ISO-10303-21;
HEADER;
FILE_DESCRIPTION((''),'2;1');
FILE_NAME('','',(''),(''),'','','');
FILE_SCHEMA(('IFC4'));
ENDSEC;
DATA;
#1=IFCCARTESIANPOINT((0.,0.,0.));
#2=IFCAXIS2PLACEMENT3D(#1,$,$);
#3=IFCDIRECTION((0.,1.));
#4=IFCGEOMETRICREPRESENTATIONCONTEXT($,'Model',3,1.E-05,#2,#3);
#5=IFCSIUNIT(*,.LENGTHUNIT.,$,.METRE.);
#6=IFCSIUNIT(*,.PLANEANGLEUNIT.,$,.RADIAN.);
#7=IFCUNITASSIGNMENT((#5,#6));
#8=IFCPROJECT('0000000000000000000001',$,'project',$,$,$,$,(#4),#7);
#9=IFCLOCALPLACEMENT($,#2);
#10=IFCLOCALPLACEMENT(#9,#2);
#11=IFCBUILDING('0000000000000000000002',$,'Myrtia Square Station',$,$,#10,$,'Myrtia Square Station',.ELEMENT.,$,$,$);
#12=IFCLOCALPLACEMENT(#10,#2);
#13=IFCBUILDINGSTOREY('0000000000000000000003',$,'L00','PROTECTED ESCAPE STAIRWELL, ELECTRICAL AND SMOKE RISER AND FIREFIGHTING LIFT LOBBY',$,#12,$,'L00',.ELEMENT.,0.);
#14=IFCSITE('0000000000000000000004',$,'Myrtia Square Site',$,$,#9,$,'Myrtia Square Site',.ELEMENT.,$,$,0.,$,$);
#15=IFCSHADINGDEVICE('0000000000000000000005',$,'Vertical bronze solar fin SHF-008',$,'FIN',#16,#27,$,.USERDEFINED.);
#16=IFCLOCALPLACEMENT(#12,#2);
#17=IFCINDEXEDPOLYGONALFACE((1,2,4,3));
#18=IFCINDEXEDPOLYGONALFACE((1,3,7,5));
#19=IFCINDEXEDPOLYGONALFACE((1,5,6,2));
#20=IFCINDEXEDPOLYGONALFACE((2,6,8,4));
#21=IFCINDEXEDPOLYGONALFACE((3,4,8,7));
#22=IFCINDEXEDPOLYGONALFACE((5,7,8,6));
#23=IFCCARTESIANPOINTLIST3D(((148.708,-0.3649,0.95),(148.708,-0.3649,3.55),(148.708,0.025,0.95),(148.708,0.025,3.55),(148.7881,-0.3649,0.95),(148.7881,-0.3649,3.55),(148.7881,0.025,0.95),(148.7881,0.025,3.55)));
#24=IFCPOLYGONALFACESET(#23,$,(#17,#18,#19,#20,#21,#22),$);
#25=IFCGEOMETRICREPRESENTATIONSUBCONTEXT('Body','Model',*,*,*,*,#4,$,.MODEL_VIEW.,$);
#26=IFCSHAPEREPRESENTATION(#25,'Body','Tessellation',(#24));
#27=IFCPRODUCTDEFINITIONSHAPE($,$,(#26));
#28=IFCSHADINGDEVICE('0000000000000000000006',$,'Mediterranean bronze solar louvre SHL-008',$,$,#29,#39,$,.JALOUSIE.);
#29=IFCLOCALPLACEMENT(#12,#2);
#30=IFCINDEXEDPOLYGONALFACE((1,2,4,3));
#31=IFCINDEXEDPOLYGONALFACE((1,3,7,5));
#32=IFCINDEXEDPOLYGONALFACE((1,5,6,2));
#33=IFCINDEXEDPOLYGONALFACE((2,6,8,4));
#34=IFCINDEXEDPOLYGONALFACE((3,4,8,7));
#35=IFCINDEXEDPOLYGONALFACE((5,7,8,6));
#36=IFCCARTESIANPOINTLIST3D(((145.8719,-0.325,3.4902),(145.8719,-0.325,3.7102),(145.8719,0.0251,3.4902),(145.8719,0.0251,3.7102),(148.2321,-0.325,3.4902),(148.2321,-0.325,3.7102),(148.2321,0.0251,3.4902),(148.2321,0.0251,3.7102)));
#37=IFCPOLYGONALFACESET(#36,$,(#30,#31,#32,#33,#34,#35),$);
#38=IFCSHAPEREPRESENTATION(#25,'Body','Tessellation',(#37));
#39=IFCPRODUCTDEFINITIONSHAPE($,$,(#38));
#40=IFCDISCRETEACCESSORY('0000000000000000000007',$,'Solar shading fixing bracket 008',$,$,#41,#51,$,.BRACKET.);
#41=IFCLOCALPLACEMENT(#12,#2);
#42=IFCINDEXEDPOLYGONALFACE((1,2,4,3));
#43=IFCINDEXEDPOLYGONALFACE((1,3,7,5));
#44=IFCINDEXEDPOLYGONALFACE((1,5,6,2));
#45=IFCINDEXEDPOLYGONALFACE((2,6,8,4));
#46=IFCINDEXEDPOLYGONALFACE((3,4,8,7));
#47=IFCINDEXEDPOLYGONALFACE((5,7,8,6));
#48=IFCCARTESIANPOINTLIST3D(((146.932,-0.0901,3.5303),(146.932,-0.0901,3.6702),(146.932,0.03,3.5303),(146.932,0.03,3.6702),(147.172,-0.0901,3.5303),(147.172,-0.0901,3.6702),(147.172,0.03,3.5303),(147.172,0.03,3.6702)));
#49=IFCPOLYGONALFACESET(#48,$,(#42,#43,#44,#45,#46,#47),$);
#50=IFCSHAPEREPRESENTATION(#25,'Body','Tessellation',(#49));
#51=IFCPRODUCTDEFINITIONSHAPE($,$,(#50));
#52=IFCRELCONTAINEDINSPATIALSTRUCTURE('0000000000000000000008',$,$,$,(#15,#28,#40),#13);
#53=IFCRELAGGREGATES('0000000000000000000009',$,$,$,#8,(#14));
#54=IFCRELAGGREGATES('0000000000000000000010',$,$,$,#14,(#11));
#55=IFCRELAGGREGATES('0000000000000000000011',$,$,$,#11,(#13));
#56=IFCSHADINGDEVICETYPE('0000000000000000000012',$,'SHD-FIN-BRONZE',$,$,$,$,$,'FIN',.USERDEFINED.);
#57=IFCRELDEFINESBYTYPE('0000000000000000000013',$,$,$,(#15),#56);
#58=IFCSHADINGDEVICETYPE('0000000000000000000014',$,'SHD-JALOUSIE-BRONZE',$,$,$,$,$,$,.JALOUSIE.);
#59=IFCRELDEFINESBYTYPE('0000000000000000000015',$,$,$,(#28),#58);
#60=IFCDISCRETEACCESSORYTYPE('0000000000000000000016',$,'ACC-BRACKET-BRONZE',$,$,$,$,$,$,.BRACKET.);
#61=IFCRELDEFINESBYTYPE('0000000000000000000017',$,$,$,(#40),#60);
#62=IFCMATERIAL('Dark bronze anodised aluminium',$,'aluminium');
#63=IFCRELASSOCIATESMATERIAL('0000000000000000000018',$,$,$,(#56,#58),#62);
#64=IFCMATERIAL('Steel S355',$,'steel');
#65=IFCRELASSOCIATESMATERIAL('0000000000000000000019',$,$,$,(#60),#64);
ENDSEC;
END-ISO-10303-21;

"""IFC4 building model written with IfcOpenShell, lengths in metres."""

from ifc_helpers import new_model, si_unit, direction, frame, origin, origin_2d, place, context, subcontext, project, spatial, rectangle, extrude, material, type_object, element, save


model = new_model("IFC4")

# Units and contexts
model_context = context("Model", 3, precision=1e-05, world=origin(), true_north=direction((0.0, 1.0)))
body_context = subcontext(model_context, "Body", "Model", "MODEL_VIEW")
ifc_project = project(units=[si_unit("LENGTHUNIT", "METRE"), si_unit("PLANEANGLEUNIT", "RADIAN")], contexts=[model_context])

# Site, building, storey
site_placement = place(None, origin())
site = spatial("IfcSite", under=ifc_project, at=site_placement, Name="Myrtia Square Site", LongName="Myrtia Square Site", CompositionType="ELEMENT", RefElevation=0.0)
building_placement = place(site_placement, origin())
building = spatial("IfcBuilding", under=site, at=building_placement, Name="Myrtia Square Station", LongName="Myrtia Square Station", CompositionType="ELEMENT")
storey_placement = place(building_placement, origin())
storey = spatial("IfcBuildingStorey", under=building, at=storey_placement, Name="L00", Description="PROTECTED ESCAPE STAIRWELL, ELECTRICAL AND SMOKE RISER AND FIREFIGHTING LIFT LOBBY", LongName="L00", CompositionType="ELEMENT", Elevation=0.0)

# Shared definitions
ifc_material_1 = material(Name="Steel S355", Category="steel")

# Shading devices
ifc_material_2 = material(Name="Dark bronze anodised aluminium", Category="aluminium")
shading_device_type_1 = type_object("IfcShadingDeviceType", Name="SHD-FIN-BRONZE", ElementType="FIN", PredefinedType="USERDEFINED", material=ifc_material_2)
shading_device_1_placement = place(storey_placement, frame((148.748, -0.1699, 0.95), z_axis=(0.0, 0.0, 1.0), x_axis=(1.0, 0.0, 0.0)))
element("IfcShadingDevice", 1, at=shading_device_1_placement, inside=storey, type_object=shading_device_type_1, Name="Vertical bronze solar fin SHF-008", ObjectType="FIN", PredefinedType="USERDEFINED", context=body_context, shape_type="SweptSolid", body=[
    extrude(rectangle(XDim=0.0801, YDim=0.3899, at=origin_2d()), origin(), (0.0, 0.0, 1.0), 2.6001),
])
shading_device_type_2 = type_object("IfcShadingDeviceType", Name="SHD-JALOUSIE-BRONZE", PredefinedType="JALOUSIE", material=ifc_material_2)
shading_device_2_placement = place(storey_placement, frame((147.052, -0.1499, 3.4902), z_axis=(0.0, 0.0, 1.0), x_axis=(1.0, 0.0, 0.0)))
element("IfcShadingDevice", 2, at=shading_device_2_placement, inside=storey, type_object=shading_device_type_2, Name="Mediterranean bronze solar louvre SHL-008", PredefinedType="JALOUSIE", context=body_context, shape_type="SweptSolid", body=[
    extrude(rectangle(XDim=2.3601, YDim=0.3501, at=origin_2d()), origin(), (0.0, 0.0, 1.0), 0.22),
])

# Discrete accessory
discrete_accessory_type = type_object("IfcDiscreteAccessoryType", Name="ACC-BRACKET-BRONZE", PredefinedType="BRACKET", material=ifc_material_1)
discrete_accessory_placement = place(storey_placement, frame((147.052, -0.03, 3.5303), z_axis=(0.0, 0.0, 1.0), x_axis=(1.0, 0.0, 0.0)))
element("IfcDiscreteAccessory", 3, at=discrete_accessory_placement, inside=storey, type_object=discrete_accessory_type, Name="Solar shading fixing bracket 008", PredefinedType="BRACKET", context=body_context, shape_type="SweptSolid", body=[
    extrude(rectangle(XDim=0.24, YDim=0.1201, at=origin_2d()), origin(), (0.0, 0.0, 1.0), 0.1399),
])

save(model, "model.ifc")
